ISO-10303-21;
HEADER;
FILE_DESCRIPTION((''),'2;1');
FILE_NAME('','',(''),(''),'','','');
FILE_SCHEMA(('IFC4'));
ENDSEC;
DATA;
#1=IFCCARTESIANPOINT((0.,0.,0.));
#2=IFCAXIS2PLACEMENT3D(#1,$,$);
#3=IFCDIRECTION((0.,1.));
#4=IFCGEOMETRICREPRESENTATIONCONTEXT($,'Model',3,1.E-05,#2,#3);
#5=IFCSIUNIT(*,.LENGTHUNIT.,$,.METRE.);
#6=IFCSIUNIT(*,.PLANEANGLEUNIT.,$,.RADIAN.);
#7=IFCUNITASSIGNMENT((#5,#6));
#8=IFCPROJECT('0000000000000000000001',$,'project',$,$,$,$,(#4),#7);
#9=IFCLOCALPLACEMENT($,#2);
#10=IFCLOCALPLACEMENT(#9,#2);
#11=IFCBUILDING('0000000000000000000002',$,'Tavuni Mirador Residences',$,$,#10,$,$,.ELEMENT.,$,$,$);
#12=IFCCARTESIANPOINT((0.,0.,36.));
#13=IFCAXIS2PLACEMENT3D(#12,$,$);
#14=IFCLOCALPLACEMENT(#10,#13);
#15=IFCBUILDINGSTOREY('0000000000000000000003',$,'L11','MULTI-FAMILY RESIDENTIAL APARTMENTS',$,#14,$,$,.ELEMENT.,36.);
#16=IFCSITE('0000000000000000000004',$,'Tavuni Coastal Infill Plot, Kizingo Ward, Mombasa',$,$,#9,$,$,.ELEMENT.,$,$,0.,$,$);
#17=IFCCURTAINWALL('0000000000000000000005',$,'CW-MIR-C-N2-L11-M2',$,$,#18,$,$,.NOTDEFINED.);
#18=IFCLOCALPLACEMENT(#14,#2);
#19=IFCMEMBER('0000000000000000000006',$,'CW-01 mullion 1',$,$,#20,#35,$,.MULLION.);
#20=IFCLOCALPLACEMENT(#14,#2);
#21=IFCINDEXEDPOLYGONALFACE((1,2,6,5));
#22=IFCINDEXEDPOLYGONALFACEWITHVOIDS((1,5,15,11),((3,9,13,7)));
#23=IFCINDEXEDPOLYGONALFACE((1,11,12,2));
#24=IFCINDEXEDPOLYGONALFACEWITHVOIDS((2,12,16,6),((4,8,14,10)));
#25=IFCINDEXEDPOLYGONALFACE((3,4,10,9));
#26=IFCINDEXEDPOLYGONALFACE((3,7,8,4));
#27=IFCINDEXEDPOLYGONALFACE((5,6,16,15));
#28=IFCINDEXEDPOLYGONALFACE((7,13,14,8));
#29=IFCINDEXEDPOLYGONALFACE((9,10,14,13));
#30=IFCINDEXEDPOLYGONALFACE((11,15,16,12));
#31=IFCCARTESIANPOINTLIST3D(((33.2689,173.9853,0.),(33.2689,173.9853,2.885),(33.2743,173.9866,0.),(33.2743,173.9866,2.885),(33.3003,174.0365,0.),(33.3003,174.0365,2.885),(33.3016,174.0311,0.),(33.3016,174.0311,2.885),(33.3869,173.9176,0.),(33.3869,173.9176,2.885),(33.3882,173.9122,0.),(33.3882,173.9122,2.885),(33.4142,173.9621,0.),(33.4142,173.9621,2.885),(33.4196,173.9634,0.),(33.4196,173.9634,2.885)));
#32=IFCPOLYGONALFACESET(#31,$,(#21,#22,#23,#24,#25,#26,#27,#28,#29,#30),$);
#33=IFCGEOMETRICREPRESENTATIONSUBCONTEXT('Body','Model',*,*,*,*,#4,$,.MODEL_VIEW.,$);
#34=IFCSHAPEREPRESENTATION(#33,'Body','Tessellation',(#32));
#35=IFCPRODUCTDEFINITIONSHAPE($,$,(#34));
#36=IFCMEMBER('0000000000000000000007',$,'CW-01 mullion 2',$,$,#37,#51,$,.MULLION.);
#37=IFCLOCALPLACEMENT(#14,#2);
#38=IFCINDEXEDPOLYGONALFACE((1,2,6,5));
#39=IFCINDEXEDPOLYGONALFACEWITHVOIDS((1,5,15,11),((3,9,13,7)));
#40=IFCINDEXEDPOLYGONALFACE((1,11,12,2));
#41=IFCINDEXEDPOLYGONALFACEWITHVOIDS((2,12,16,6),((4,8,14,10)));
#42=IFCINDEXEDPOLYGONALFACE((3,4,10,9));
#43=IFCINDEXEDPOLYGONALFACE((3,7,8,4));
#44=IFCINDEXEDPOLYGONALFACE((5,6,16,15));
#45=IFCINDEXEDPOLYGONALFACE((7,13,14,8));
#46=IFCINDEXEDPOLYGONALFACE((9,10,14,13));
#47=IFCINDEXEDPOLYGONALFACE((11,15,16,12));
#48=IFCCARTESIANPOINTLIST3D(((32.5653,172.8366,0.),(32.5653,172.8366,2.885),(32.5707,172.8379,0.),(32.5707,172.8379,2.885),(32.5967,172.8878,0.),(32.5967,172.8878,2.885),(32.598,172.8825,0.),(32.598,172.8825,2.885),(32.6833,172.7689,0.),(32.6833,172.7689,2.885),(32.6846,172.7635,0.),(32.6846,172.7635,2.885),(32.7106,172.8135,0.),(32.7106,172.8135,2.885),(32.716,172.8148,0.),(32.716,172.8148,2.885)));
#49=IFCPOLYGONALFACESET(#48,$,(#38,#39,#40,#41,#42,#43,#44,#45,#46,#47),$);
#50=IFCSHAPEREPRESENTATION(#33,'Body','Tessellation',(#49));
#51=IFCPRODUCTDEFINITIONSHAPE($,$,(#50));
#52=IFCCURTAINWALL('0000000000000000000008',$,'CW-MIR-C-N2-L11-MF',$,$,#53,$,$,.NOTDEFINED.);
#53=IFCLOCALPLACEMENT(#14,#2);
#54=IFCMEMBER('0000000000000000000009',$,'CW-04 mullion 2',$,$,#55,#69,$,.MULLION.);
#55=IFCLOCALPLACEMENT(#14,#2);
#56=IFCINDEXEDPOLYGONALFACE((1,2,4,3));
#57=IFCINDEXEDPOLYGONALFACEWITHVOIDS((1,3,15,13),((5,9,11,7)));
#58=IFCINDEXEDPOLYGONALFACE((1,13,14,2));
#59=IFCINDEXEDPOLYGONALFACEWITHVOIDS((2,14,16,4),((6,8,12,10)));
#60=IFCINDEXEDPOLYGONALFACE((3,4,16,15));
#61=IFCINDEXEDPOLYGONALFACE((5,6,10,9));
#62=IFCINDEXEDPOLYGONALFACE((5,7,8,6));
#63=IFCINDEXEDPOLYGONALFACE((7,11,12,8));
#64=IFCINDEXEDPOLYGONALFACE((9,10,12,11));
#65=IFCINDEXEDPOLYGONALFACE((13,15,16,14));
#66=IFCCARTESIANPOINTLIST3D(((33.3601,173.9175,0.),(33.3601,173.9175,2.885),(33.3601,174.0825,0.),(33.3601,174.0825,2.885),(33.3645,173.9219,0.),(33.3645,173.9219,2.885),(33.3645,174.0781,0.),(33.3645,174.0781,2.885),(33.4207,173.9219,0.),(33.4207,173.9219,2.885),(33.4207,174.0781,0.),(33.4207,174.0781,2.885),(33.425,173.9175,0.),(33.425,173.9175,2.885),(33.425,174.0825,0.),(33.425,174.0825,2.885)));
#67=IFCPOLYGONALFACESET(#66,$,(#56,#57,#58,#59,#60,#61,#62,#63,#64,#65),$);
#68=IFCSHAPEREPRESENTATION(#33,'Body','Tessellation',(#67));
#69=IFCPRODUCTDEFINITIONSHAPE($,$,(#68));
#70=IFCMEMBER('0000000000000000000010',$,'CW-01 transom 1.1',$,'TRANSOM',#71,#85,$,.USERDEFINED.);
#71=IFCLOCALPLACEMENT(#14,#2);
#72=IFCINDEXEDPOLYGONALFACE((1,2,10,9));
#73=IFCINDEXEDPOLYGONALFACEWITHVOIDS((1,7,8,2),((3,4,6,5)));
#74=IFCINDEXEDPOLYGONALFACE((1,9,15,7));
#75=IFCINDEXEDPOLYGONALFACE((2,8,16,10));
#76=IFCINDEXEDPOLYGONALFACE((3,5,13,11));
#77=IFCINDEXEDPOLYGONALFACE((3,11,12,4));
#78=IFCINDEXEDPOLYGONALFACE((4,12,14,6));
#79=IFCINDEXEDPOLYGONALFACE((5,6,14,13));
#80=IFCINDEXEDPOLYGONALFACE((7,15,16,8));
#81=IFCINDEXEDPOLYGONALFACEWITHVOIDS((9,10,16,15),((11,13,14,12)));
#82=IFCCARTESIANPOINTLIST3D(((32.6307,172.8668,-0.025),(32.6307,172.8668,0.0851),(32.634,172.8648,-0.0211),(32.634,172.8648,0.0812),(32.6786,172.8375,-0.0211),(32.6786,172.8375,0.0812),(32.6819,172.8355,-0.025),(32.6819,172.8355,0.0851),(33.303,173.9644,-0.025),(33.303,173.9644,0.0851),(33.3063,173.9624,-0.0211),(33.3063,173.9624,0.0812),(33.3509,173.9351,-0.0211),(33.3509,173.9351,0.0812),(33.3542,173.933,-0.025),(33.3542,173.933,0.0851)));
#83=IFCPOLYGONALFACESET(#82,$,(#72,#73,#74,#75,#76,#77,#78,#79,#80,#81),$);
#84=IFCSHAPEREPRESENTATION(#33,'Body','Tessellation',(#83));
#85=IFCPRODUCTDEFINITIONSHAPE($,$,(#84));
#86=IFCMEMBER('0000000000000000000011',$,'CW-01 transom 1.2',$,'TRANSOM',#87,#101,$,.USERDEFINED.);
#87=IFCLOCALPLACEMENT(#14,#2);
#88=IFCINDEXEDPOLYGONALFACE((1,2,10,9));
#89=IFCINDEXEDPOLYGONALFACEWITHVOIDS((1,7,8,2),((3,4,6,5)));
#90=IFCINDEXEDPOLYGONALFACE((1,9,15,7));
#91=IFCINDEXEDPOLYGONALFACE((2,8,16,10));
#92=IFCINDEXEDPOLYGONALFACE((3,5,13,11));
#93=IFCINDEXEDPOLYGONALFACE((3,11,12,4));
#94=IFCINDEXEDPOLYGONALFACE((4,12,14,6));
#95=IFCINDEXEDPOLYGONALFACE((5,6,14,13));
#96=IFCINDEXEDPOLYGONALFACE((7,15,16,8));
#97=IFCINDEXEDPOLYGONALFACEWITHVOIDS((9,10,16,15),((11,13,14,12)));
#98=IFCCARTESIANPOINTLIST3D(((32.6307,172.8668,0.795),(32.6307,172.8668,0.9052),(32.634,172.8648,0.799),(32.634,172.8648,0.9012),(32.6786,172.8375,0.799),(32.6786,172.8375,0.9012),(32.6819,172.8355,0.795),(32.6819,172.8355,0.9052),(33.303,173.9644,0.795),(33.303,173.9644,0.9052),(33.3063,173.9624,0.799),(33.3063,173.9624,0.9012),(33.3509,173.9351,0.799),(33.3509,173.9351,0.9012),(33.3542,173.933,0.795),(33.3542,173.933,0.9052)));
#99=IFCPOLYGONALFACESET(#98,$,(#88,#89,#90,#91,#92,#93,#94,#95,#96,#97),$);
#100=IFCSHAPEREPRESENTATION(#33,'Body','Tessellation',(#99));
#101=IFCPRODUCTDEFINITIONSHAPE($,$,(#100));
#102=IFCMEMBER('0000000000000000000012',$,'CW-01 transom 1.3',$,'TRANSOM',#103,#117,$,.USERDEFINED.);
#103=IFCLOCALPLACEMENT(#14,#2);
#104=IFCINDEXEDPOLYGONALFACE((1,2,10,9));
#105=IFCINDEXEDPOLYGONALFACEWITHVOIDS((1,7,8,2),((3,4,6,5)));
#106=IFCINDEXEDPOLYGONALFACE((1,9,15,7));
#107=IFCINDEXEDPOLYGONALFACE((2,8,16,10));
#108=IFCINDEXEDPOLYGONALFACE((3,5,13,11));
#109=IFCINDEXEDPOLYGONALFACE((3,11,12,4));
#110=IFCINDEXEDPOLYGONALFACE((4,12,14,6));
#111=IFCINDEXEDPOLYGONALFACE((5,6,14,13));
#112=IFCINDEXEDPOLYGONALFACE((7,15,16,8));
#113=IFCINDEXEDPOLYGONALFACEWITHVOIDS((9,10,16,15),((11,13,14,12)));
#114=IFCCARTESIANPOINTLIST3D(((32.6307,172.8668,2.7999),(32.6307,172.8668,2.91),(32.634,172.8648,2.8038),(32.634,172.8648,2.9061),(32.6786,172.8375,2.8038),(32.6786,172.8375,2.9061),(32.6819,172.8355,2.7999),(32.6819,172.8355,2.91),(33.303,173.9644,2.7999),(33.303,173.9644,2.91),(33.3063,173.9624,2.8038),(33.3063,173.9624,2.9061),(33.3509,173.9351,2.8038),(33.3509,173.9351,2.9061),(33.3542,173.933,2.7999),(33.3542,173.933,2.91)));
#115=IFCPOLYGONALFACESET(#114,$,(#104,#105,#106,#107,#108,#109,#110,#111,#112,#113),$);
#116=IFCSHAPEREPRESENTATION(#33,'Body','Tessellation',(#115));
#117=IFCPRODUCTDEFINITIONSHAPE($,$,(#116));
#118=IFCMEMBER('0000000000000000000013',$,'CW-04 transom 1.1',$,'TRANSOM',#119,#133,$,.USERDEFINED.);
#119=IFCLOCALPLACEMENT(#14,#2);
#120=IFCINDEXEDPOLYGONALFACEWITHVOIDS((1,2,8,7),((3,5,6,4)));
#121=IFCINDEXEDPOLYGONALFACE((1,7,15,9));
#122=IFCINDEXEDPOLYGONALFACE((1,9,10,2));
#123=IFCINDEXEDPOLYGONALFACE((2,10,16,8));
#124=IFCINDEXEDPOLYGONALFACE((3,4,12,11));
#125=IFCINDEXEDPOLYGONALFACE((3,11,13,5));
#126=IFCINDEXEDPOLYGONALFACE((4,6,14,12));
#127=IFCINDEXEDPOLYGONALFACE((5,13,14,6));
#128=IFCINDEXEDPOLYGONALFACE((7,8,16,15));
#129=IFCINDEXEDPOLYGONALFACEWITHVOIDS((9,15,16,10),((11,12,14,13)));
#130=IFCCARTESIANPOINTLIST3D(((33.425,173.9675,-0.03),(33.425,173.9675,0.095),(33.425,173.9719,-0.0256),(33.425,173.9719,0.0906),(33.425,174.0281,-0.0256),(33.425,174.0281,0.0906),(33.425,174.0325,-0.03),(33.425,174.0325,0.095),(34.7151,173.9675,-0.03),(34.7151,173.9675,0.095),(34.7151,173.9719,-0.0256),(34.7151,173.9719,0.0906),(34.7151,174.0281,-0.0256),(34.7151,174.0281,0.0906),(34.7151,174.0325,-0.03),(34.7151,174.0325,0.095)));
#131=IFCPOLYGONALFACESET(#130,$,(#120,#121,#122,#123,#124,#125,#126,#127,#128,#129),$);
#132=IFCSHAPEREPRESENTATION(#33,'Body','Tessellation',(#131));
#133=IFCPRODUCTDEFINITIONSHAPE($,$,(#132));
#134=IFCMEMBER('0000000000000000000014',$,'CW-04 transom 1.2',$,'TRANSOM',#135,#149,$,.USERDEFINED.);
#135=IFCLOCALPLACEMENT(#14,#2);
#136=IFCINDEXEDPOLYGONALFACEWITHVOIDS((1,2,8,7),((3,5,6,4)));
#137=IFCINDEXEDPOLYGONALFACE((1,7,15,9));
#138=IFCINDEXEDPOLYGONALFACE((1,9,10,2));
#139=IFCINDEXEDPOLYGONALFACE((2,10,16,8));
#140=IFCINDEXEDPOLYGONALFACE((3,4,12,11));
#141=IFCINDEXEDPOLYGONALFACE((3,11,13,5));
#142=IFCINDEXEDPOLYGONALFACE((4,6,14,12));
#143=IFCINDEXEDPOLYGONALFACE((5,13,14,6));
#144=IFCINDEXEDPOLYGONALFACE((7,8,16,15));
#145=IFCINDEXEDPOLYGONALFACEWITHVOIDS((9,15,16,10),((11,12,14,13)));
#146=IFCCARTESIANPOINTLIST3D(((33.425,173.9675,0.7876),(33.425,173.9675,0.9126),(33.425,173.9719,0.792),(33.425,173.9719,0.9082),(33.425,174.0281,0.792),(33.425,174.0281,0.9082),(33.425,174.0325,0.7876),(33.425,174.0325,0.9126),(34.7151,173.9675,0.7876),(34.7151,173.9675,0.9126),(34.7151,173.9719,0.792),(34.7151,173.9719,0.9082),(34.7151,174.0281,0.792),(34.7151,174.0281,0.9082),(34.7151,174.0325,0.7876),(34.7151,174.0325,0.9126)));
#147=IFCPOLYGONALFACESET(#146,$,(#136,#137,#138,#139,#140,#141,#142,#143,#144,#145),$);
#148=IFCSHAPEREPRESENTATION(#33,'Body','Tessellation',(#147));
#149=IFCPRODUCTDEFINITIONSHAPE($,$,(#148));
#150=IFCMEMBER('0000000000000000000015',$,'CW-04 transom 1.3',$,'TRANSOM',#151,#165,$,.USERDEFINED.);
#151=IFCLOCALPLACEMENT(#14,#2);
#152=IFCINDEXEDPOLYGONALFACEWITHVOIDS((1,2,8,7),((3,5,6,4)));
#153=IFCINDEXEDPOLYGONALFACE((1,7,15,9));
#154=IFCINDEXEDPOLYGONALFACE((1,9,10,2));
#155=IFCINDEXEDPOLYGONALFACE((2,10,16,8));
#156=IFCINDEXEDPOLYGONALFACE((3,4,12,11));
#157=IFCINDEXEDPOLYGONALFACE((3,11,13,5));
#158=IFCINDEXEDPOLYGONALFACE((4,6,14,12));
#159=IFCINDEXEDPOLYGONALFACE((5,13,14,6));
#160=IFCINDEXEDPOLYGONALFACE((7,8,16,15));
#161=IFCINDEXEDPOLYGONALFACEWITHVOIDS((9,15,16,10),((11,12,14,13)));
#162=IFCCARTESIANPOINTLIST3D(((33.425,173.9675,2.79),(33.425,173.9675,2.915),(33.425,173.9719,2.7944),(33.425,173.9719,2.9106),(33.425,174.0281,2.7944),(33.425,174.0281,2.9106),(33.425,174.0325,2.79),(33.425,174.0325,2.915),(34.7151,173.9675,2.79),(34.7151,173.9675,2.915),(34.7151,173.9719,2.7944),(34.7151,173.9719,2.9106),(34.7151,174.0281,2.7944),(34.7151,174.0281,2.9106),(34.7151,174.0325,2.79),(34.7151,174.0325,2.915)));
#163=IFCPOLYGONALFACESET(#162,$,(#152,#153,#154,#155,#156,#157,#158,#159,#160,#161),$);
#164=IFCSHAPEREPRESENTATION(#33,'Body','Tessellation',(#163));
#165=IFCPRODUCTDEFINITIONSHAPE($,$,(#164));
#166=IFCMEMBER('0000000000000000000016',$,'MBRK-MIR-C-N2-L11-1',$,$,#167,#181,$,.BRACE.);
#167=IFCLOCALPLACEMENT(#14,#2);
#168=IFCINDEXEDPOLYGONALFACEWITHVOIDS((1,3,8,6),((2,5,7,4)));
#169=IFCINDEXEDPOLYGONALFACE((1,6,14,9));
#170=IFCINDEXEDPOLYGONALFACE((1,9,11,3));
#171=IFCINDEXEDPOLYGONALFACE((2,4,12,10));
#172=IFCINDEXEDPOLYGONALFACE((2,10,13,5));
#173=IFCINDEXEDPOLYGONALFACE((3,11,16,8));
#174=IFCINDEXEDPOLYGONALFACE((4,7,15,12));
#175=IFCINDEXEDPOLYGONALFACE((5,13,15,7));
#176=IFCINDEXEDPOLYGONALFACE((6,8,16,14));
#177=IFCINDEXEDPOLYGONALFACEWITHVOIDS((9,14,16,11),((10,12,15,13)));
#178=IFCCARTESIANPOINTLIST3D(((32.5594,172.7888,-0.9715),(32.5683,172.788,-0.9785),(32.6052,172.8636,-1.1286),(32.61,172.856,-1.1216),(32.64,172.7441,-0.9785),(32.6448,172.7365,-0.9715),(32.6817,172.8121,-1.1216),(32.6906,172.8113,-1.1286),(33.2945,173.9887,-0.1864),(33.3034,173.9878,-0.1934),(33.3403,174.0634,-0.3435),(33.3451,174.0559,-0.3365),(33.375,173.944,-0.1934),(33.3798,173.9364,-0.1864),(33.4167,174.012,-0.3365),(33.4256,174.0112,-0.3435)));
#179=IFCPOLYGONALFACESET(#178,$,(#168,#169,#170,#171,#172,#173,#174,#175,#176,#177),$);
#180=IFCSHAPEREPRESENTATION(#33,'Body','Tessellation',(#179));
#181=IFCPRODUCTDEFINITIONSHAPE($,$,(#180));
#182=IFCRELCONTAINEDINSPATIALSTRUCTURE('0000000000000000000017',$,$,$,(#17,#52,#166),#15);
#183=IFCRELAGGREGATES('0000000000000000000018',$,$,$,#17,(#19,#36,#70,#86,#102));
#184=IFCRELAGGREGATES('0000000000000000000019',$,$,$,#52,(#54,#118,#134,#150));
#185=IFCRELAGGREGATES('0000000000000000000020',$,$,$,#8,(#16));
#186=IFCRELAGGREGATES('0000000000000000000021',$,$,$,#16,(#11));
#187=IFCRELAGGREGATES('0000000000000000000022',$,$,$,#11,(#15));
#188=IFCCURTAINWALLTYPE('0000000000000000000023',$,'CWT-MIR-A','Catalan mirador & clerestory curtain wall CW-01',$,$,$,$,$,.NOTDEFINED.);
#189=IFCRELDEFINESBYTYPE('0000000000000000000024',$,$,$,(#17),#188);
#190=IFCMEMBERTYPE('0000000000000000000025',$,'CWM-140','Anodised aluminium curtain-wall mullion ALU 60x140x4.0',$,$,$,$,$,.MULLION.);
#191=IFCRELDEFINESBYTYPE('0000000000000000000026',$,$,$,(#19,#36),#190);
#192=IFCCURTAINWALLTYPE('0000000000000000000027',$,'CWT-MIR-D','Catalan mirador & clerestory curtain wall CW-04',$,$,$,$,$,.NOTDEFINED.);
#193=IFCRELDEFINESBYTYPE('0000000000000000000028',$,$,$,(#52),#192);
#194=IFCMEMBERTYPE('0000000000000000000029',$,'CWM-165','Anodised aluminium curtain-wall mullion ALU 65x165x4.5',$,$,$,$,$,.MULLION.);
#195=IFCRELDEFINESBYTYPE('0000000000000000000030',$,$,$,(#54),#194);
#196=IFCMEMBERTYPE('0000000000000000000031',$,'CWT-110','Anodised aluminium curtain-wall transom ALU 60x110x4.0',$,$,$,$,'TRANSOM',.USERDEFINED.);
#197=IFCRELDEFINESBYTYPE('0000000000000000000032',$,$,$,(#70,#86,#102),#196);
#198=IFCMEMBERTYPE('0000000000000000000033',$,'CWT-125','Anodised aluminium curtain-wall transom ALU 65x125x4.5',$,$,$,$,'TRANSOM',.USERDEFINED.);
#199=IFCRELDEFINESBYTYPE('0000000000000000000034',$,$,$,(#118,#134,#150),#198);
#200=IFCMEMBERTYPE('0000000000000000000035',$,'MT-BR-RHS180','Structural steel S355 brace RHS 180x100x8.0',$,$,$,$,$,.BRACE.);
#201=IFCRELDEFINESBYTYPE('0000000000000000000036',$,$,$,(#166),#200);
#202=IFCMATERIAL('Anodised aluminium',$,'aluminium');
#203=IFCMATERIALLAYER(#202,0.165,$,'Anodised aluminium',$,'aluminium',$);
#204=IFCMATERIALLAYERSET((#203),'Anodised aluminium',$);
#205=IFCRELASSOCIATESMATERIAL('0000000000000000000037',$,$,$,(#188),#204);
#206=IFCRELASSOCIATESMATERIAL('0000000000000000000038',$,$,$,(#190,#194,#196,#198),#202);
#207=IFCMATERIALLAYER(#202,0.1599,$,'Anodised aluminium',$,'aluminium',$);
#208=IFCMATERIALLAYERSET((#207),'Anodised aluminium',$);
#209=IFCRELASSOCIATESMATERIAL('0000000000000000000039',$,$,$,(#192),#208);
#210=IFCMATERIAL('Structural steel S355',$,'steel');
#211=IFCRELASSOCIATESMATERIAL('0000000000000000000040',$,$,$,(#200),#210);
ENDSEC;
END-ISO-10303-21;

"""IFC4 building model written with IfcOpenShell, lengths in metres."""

from ifc_helpers import new_model, si_unit, direction, frame, origin, origin_2d, place, context, subcontext, project, spatial, hollow_rectangle, extrude, material, layer, layer_set, material_profile, profile_set, type_object, element, aggregate, save


model = new_model("IFC4")

# Units and contexts
model_context = context("Model", 3, precision=1e-05, world=origin(), true_north=direction((0.0, 1.0)))
body_context = subcontext(model_context, "Body", "Model", "MODEL_VIEW")
ifc_project = project(units=[si_unit("LENGTHUNIT", "METRE"), si_unit("PLANEANGLEUNIT", "RADIAN")], contexts=[model_context])

# Site, building, storey
site_placement = place(None, origin())
site = spatial("IfcSite", under=ifc_project, at=site_placement, Name="Tavuni Coastal Infill Plot, Kizingo Ward, Mombasa", CompositionType="ELEMENT", RefElevation=0.0)
building_placement = place(site_placement, origin())
building = spatial("IfcBuilding", under=site, at=building_placement, Name="Tavuni Mirador Residences", CompositionType="ELEMENT")
storey_placement = place(building_placement, frame((0.0, 0.0, 36.0)))
storey = spatial("IfcBuildingStorey", under=building, at=storey_placement, Name="L11", Description="MULTI-FAMILY RESIDENTIAL APARTMENTS", CompositionType="ELEMENT", Elevation=36.0)

# Curtain wall, members
ifc_material_1 = material(Name="Anodised aluminium", Category="aluminium")
ifc_layer_1 = layer(ifc_material_1, 0.165, Name="Anodised aluminium", Category="aluminium")
ifc_layer_set_1 = layer_set([ifc_layer_1], Name="Anodised aluminium")
curtain_wall_type_1 = type_object("IfcCurtainWallType", Name="CWT-MIR-A", Description="Catalan mirador & clerestory curtain wall CW-01", PredefinedType="NOTDEFINED", material=ifc_layer_set_1)
curtain_wall_1_placement = place(storey_placement, origin())
curtain_wall_1 = element("IfcCurtainWall", 1, at=curtain_wall_1_placement, inside=storey, type_object=curtain_wall_type_1, Name="CW-MIR-C-N2-L11-M2", PredefinedType="NOTDEFINED")
ifc_material_profile_1 = material_profile(ifc_material_1, hollow_rectangle(XDim=0.0601, YDim=0.1399, WallThickness=0.0039, at=origin_2d()), Name="ALU 60x140x4.0", Category="aluminium")
ifc_profile_set_1 = profile_set([ifc_material_profile_1], Name="Anodised aluminium")
member_type_1 = type_object("IfcMemberType", Name="CWM-140", Description="Anodised aluminium curtain-wall mullion ALU 60x140x4.0", PredefinedType="MULLION", material=ifc_profile_set_1)
member_1_placement = place(storey_placement, frame((33.3442, 173.9744, 0.0), z_axis=(0.0, 0.0, 1.0), x_axis=(-0.522312, -0.852754, 0.0)))
member_1 = element("IfcMember", 2, at=member_1_placement, type_object=member_type_1, Name="CW-01 mullion 1", PredefinedType="MULLION", context=body_context, shape_type="SweptSolid", body=[
    extrude(hollow_rectangle(XDim=0.0601, YDim=0.1399, WallThickness=0.0039, at=origin_2d()), origin(), (0.0, 0.0, 1.0), 2.885),
])
member_2_placement = place(storey_placement, frame((32.6406, 172.8257, 0.0), z_axis=(0.0, 0.0, 1.0), x_axis=(-0.522312, -0.852754, 0.0)))
member_2 = element("IfcMember", 3, at=member_2_placement, type_object=member_type_1, Name="CW-01 mullion 2", PredefinedType="MULLION", context=body_context, shape_type="SweptSolid", body=[
    extrude(hollow_rectangle(XDim=0.0601, YDim=0.1399, WallThickness=0.0039, at=origin_2d()), origin(), (0.0, 0.0, 1.0), 2.885),
])

# Curtain wall, member
ifc_layer_2 = layer(ifc_material_1, 0.1599, Name="Anodised aluminium", Category="aluminium")
ifc_layer_set_2 = layer_set([ifc_layer_2], Name="Anodised aluminium")
curtain_wall_type_2 = type_object("IfcCurtainWallType", Name="CWT-MIR-D", Description="Catalan mirador & clerestory curtain wall CW-04", PredefinedType="NOTDEFINED", material=ifc_layer_set_2)
curtain_wall_2_placement = place(storey_placement, origin())
curtain_wall_2 = element("IfcCurtainWall", 4, at=curtain_wall_2_placement, inside=storey, type_object=curtain_wall_type_2, Name="CW-MIR-C-N2-L11-MF", PredefinedType="NOTDEFINED")
ifc_material_profile_2 = material_profile(ifc_material_1, hollow_rectangle(XDim=0.0649, YDim=0.165, WallThickness=0.0044, at=origin_2d()), Name="ALU 65x165x4.5", Category="aluminium")
ifc_profile_set_2 = profile_set([ifc_material_profile_2], Name="Anodised aluminium")
member_type_2 = type_object("IfcMemberType", Name="CWM-165", Description="Anodised aluminium curtain-wall mullion ALU 65x165x4.5", PredefinedType="MULLION", material=ifc_profile_set_2)
member_3_placement = place(storey_placement, frame((33.3926, 174.0, 0.0), z_axis=(0.0, 0.0, 1.0), x_axis=(-1.0, 0.0, 0.0)))
member_3 = element("IfcMember", 5, at=member_3_placement, type_object=member_type_2, Name="CW-04 mullion 2", PredefinedType="MULLION", context=body_context, shape_type="SweptSolid", body=[
    extrude(hollow_rectangle(XDim=0.0649, YDim=0.165, WallThickness=0.0044, at=origin_2d()), origin(), (0.0, 0.0, 1.0), 2.885),
])

# Members
ifc_material_profile_3 = material_profile(ifc_material_1, hollow_rectangle(XDim=0.0601, YDim=0.1101, WallThickness=0.0039, at=origin_2d()), Name="ALU 60x110x4.0", Category="aluminium")
ifc_profile_set_3 = profile_set([ifc_material_profile_3], Name="Anodised aluminium")
member_type_3 = type_object("IfcMemberType", Name="CWT-110", Description="Anodised aluminium curtain-wall transom ALU 60x110x4.0", ElementType="TRANSOM", PredefinedType="USERDEFINED", material=ifc_profile_set_3)
member_4_placement = place(storey_placement, frame((33.3286, 173.9487, 0.03), z_axis=(-0.52234, -0.852738, 0.0), x_axis=(0.852738, -0.52234, 0.0)))
member_4 = element("IfcMember", 6, at=member_4_placement, type_object=member_type_3, Name="CW-01 transom 1.1", ObjectType="TRANSOM", PredefinedType="USERDEFINED", context=body_context, shape_type="SweptSolid", body=[
    extrude(hollow_rectangle(XDim=0.0601, YDim=0.1101, WallThickness=0.0039, at=origin_2d()), origin(), (0.0, 0.0, 1.0), 1.2871),
])
member_5_placement = place(storey_placement, frame((33.3286, 173.9487, 0.8501), z_axis=(-0.52234, -0.852738, 0.0), x_axis=(0.852738, -0.52234, 0.0)))
member_5 = element("IfcMember", 7, at=member_5_placement, type_object=member_type_3, Name="CW-01 transom 1.2", ObjectType="TRANSOM", PredefinedType="USERDEFINED", context=body_context, shape_type="SweptSolid", body=[
    extrude(hollow_rectangle(XDim=0.0601, YDim=0.1101, WallThickness=0.0039, at=origin_2d()), origin(), (0.0, 0.0, 1.0), 1.2871),
])
member_6_placement = place(storey_placement, frame((33.3286, 173.9487, 2.855), z_axis=(-0.52234, -0.852738, 0.0), x_axis=(0.852738, -0.52234, 0.0)))
member_6 = element("IfcMember", 8, at=member_6_placement, type_object=member_type_3, Name="CW-01 transom 1.3", ObjectType="TRANSOM", PredefinedType="USERDEFINED", context=body_context, shape_type="SweptSolid", body=[
    extrude(hollow_rectangle(XDim=0.0601, YDim=0.1101, WallThickness=0.0039, at=origin_2d()), origin(), (0.0, 0.0, 1.0), 1.2871),
])
ifc_material_profile_4 = material_profile(ifc_material_1, hollow_rectangle(XDim=0.0649, YDim=0.125, WallThickness=0.0044, at=origin_2d()), Name="ALU 65x125x4.5", Category="aluminium")
ifc_profile_set_4 = profile_set([ifc_material_profile_4], Name="Anodised aluminium")
member_type_4 = type_object("IfcMemberType", Name="CWT-125", Description="Anodised aluminium curtain-wall transom ALU 65x125x4.5", ElementType="TRANSOM", PredefinedType="USERDEFINED", material=ifc_profile_set_4)
member_7_placement = place(storey_placement, frame((34.7151, 174.0, 0.0325), z_axis=(-1.0, 0.0, 0.0), x_axis=(0.0, -1.0, 0.0)))
member_7 = element("IfcMember", 9, at=member_7_placement, type_object=member_type_4, Name="CW-04 transom 1.1", ObjectType="TRANSOM", PredefinedType="USERDEFINED", context=body_context, shape_type="SweptSolid", body=[
    extrude(hollow_rectangle(XDim=0.0649, YDim=0.125, WallThickness=0.0044, at=origin_2d()), origin(), (0.0, 0.0, 1.0), 1.29),
])
member_8_placement = place(storey_placement, frame((34.7151, 174.0, 0.8501), z_axis=(-1.0, 0.0, 0.0), x_axis=(0.0, -1.0, 0.0)))
member_8 = element("IfcMember", 10, at=member_8_placement, type_object=member_type_4, Name="CW-04 transom 1.2", ObjectType="TRANSOM", PredefinedType="USERDEFINED", context=body_context, shape_type="SweptSolid", body=[
    extrude(hollow_rectangle(XDim=0.0649, YDim=0.125, WallThickness=0.0044, at=origin_2d()), origin(), (0.0, 0.0, 1.0), 1.29),
])
member_9_placement = place(storey_placement, frame((34.7151, 174.0, 2.8525), z_axis=(-1.0, 0.0, 0.0), x_axis=(0.0, -1.0, 0.0)))
member_9 = element("IfcMember", 11, at=member_9_placement, type_object=member_type_4, Name="CW-04 transom 1.3", ObjectType="TRANSOM", PredefinedType="USERDEFINED", context=body_context, shape_type="SweptSolid", body=[
    extrude(hollow_rectangle(XDim=0.0649, YDim=0.125, WallThickness=0.0044, at=origin_2d()), origin(), (0.0, 0.0, 1.0), 1.29),
])

# Member
ifc_material_2 = material(Name="Structural steel S355", Category="steel")
ifc_material_profile_5 = material_profile(ifc_material_2, hollow_rectangle(XDim=0.1001, YDim=0.1799, WallThickness=0.0081, at=origin_2d()), Name="RHS 180x100x8.0", Category="steel")
ifc_profile_set_5 = profile_set([ifc_material_profile_5], Name="Structural steel S355")
member_type_5 = type_object("IfcMemberType", Name="MT-BR-RHS180", Description="Structural steel S355 brace RHS 180x100x8.0", PredefinedType="BRACE", material=ifc_profile_set_5)
member_10_placement = place(storey_placement, frame((32.625, 172.8, -1.05), z_axis=(0.456181, 0.744646, 0.487239), x_axis=(-0.852711, 0.522383, 0.0)))
element("IfcMember", 12, at=member_10_placement, inside=storey, type_object=member_type_5, Name="MBRK-MIR-C-N2-L11-1", PredefinedType="BRACE", context=body_context, shape_type="SweptSolid", body=[
    extrude(hollow_rectangle(XDim=0.1001, YDim=0.1799, WallThickness=0.0081, at=origin_2d()), origin(), (0.0, 0.0, 1.0), 1.6113),
])

aggregate(curtain_wall_1, [member_1, member_2, member_4, member_5, member_6])
aggregate(curtain_wall_2, [member_3, member_7, member_8, member_9])

save(model, "model.ifc")
